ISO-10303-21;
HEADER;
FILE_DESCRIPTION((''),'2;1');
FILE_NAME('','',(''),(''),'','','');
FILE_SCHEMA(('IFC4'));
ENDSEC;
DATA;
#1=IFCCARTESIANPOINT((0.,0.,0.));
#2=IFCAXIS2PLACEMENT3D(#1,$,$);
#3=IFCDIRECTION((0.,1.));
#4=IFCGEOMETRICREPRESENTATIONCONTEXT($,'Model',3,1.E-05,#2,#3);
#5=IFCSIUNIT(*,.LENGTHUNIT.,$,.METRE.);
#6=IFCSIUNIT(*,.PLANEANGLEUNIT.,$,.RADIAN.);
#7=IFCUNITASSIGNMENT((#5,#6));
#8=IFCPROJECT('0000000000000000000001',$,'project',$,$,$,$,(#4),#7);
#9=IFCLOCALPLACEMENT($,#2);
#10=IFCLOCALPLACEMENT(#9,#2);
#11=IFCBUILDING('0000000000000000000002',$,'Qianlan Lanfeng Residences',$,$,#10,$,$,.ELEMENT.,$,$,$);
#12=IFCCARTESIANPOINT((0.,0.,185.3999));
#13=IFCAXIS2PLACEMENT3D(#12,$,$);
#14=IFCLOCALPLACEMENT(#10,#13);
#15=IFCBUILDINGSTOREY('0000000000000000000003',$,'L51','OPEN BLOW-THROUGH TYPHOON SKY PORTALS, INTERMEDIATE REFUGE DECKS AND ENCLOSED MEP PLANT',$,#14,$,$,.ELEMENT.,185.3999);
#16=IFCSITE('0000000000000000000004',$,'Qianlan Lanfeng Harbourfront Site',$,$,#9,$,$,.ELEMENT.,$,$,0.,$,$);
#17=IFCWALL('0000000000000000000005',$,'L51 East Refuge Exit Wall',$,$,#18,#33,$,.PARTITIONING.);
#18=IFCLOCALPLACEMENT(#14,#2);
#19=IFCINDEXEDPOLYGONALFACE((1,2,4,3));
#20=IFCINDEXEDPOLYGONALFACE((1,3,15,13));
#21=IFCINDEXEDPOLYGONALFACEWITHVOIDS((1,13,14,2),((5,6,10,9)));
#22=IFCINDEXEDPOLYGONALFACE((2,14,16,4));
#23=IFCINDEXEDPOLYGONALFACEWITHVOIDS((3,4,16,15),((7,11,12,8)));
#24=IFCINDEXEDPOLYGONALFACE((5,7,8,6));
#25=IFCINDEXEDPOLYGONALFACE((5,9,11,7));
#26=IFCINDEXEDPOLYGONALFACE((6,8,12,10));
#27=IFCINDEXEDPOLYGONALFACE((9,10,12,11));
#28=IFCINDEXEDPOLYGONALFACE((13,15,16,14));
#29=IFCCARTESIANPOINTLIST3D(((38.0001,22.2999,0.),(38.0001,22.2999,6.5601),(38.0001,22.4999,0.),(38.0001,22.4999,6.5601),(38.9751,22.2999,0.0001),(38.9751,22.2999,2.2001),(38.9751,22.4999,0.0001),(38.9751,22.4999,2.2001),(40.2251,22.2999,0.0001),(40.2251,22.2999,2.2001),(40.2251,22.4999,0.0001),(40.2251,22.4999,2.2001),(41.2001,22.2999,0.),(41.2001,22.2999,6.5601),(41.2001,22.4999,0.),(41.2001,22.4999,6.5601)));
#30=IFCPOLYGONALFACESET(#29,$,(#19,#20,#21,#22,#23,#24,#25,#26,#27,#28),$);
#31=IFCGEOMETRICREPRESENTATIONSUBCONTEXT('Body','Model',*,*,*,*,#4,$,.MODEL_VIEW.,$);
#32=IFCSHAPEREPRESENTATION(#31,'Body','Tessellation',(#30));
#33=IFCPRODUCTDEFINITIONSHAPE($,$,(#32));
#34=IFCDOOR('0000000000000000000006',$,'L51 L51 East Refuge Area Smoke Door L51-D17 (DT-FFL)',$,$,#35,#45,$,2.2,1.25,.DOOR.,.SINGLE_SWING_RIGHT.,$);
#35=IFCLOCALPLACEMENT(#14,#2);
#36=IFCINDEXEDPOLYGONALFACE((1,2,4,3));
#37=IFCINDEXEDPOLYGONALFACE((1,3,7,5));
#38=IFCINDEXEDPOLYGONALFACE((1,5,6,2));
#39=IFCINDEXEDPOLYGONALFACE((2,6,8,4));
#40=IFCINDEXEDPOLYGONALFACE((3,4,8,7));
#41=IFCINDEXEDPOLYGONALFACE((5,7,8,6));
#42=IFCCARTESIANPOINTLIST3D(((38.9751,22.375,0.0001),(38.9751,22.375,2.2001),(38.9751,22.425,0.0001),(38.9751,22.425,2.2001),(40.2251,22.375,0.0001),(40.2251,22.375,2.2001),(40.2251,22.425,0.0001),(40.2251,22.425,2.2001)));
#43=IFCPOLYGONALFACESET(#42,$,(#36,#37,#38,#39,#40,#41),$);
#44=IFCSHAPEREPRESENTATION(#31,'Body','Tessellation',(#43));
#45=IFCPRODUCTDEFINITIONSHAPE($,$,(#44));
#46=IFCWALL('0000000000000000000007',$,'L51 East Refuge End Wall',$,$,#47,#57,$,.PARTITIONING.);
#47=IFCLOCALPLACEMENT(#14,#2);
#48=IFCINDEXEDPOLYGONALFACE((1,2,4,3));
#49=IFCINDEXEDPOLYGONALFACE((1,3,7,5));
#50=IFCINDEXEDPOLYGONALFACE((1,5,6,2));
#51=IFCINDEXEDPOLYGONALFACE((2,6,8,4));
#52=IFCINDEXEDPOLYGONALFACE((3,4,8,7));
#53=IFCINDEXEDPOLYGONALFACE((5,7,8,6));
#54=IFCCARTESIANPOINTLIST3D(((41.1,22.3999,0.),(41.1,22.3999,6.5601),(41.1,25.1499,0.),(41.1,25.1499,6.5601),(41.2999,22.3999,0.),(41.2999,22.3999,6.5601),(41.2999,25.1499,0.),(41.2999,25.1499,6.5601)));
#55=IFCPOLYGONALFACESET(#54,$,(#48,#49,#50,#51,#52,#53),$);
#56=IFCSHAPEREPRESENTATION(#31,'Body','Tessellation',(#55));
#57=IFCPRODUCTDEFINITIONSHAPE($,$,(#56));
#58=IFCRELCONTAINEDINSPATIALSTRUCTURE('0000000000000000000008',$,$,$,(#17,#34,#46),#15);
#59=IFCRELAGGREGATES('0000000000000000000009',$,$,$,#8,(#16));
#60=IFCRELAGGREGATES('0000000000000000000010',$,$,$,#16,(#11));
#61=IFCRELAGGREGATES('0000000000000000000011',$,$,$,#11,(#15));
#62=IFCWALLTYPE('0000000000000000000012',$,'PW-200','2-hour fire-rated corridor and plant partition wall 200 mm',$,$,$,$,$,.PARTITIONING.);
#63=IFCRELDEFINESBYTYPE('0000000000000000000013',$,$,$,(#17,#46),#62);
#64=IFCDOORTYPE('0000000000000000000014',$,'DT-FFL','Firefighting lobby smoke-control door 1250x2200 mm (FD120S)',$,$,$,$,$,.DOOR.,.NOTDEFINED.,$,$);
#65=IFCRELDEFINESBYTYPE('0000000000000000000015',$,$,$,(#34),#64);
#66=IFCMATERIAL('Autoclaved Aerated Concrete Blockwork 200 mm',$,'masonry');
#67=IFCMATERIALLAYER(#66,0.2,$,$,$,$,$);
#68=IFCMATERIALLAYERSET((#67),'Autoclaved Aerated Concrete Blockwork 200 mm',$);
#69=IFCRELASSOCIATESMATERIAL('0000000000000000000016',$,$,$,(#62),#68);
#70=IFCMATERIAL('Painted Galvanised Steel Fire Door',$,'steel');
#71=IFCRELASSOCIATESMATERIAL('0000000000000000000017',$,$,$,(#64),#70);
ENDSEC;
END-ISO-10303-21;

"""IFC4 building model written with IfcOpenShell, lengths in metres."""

from ifc_helpers import new_model, si_unit, direction, frame, frame_2d, origin, place, context, subcontext, project, spatial, rectangle, extrude, material, layer, layer_set, type_object, element, fill, save


model = new_model("IFC4")

# Units and contexts
model_context = context("Model", 3, precision=1e-05, world=origin(), true_north=direction((0.0, 1.0)))
body_context = subcontext(model_context, "Body", "Model", "MODEL_VIEW")
ifc_project = project(units=[si_unit("LENGTHUNIT", "METRE"), si_unit("PLANEANGLEUNIT", "RADIAN")], contexts=[model_context])

# Site, building, storey
site_placement = place(None, origin())
site = spatial("IfcSite", under=ifc_project, at=site_placement, Name="Qianlan Lanfeng Harbourfront Site", CompositionType="ELEMENT", RefElevation=0.0)
building_placement = place(site_placement, origin())
building = spatial("IfcBuilding", under=site, at=building_placement, Name="Qianlan Lanfeng Residences", CompositionType="ELEMENT")
storey_placement = place(building_placement, frame((0.0, 0.0, 185.3999)))
storey = spatial("IfcBuildingStorey", under=building, at=storey_placement, Name="L51", Description="OPEN BLOW-THROUGH TYPHOON SKY PORTALS, INTERMEDIATE REFUGE DECKS AND ENCLOSED MEP PLANT", CompositionType="ELEMENT", Elevation=185.3999)

# Shared definitions
ifc_material_1 = material(Name="Painted Galvanised Steel Fire Door", Category="steel")

# Wall, opening, door
ifc_material_2 = material(Name="Autoclaved Aerated Concrete Blockwork 200 mm", Category="masonry")
ifc_layer_1 = layer(ifc_material_2, 0.2)
ifc_layer_set_1 = layer_set([ifc_layer_1], Name="Autoclaved Aerated Concrete Blockwork 200 mm")
wall_type_1 = type_object("IfcWallType", Name="PW-200", Description="2-hour fire-rated corridor and plant partition wall 200 mm", PredefinedType="PARTITIONING", material=ifc_layer_set_1)
wall_1_placement = place(storey_placement, frame((38.0, 22.3999, 0.0), z_axis=(0.0, 0.0, 1.0), x_axis=(1.0, 0.0, 0.0)))
wall_1 = element("IfcWall", 1, at=wall_1_placement, inside=storey, type_object=wall_type_1, Name="L51 East Refuge Exit Wall", PredefinedType="PARTITIONING", context=body_context, shape_type="SweptSolid", body=[
    extrude(rectangle(XDim=3.2, YDim=0.2, at=frame_2d((1.6001, 0.0))), origin(), (0.0, 0.0, 1.0), 6.5601),
])
opening_1_placement = place(wall_1_placement, frame((0.9751, 0.0, 0.0)))
opening_1 = element("IfcOpeningElement", 2, at=opening_1_placement, cuts=wall_1, PredefinedType="OPENING", context=body_context, shape_type="SweptSolid", body=[
    extrude(rectangle(XDim=1.25, YDim=2.2, at=frame_2d((0.625, 1.1001))), frame((0.0, 0.1099, 0.0), z_axis=(0.0, -1.0, 0.0), x_axis=(1.0, 0.0, 0.0)), (0.0, 0.0, 1.0), 0.22),
])
door_type_1 = type_object("IfcDoorType", Name="DT-FFL", Description="Firefighting lobby smoke-control door 1250x2200 mm (FD120S)", OperationType="NOTDEFINED", PredefinedType="DOOR", material=ifc_material_1)
door_1_placement = place(opening_1_placement, frame((1.25, 0.0, 0.0), z_axis=(0.0, 0.0, 1.0), x_axis=(-1.0, 0.0, 0.0)))
door_1 = element("IfcDoor", 3, at=door_1_placement, inside=storey, type_object=door_type_1, Name="L51 L51 East Refuge Area Smoke Door L51-D17 (DT-FFL)", OperationType="SINGLE_SWING_RIGHT", OverallHeight=2.2, OverallWidth=1.25, PredefinedType="DOOR", context=body_context, shape_type="SweptSolid", body=[
    extrude(rectangle(XDim=1.25, YDim=2.2, at=frame_2d((0.625, 1.1001))), frame((0.0, 0.0249, 0.0), z_axis=(0.0, -1.0, 0.0), x_axis=(1.0, 0.0, 0.0)), (0.0, 0.0, 1.0), 0.05),
])
fill(opening_1, door_1)

# Wall
wall_2_placement = place(storey_placement, frame((41.2, 22.3999, 0.0), z_axis=(0.0, 0.0, 1.0), x_axis=(0.0, 1.0, 0.0)))
element("IfcWall", 4, at=wall_2_placement, inside=storey, type_object=wall_type_1, Name="L51 East Refuge End Wall", PredefinedType="PARTITIONING", context=body_context, shape_type="SweptSolid", body=[
    extrude(rectangle(XDim=2.75, YDim=0.2, at=frame_2d((1.375, 0.0))), origin(), (0.0, 0.0, 1.0), 6.5601),
])

save(model, "model.ifc")
